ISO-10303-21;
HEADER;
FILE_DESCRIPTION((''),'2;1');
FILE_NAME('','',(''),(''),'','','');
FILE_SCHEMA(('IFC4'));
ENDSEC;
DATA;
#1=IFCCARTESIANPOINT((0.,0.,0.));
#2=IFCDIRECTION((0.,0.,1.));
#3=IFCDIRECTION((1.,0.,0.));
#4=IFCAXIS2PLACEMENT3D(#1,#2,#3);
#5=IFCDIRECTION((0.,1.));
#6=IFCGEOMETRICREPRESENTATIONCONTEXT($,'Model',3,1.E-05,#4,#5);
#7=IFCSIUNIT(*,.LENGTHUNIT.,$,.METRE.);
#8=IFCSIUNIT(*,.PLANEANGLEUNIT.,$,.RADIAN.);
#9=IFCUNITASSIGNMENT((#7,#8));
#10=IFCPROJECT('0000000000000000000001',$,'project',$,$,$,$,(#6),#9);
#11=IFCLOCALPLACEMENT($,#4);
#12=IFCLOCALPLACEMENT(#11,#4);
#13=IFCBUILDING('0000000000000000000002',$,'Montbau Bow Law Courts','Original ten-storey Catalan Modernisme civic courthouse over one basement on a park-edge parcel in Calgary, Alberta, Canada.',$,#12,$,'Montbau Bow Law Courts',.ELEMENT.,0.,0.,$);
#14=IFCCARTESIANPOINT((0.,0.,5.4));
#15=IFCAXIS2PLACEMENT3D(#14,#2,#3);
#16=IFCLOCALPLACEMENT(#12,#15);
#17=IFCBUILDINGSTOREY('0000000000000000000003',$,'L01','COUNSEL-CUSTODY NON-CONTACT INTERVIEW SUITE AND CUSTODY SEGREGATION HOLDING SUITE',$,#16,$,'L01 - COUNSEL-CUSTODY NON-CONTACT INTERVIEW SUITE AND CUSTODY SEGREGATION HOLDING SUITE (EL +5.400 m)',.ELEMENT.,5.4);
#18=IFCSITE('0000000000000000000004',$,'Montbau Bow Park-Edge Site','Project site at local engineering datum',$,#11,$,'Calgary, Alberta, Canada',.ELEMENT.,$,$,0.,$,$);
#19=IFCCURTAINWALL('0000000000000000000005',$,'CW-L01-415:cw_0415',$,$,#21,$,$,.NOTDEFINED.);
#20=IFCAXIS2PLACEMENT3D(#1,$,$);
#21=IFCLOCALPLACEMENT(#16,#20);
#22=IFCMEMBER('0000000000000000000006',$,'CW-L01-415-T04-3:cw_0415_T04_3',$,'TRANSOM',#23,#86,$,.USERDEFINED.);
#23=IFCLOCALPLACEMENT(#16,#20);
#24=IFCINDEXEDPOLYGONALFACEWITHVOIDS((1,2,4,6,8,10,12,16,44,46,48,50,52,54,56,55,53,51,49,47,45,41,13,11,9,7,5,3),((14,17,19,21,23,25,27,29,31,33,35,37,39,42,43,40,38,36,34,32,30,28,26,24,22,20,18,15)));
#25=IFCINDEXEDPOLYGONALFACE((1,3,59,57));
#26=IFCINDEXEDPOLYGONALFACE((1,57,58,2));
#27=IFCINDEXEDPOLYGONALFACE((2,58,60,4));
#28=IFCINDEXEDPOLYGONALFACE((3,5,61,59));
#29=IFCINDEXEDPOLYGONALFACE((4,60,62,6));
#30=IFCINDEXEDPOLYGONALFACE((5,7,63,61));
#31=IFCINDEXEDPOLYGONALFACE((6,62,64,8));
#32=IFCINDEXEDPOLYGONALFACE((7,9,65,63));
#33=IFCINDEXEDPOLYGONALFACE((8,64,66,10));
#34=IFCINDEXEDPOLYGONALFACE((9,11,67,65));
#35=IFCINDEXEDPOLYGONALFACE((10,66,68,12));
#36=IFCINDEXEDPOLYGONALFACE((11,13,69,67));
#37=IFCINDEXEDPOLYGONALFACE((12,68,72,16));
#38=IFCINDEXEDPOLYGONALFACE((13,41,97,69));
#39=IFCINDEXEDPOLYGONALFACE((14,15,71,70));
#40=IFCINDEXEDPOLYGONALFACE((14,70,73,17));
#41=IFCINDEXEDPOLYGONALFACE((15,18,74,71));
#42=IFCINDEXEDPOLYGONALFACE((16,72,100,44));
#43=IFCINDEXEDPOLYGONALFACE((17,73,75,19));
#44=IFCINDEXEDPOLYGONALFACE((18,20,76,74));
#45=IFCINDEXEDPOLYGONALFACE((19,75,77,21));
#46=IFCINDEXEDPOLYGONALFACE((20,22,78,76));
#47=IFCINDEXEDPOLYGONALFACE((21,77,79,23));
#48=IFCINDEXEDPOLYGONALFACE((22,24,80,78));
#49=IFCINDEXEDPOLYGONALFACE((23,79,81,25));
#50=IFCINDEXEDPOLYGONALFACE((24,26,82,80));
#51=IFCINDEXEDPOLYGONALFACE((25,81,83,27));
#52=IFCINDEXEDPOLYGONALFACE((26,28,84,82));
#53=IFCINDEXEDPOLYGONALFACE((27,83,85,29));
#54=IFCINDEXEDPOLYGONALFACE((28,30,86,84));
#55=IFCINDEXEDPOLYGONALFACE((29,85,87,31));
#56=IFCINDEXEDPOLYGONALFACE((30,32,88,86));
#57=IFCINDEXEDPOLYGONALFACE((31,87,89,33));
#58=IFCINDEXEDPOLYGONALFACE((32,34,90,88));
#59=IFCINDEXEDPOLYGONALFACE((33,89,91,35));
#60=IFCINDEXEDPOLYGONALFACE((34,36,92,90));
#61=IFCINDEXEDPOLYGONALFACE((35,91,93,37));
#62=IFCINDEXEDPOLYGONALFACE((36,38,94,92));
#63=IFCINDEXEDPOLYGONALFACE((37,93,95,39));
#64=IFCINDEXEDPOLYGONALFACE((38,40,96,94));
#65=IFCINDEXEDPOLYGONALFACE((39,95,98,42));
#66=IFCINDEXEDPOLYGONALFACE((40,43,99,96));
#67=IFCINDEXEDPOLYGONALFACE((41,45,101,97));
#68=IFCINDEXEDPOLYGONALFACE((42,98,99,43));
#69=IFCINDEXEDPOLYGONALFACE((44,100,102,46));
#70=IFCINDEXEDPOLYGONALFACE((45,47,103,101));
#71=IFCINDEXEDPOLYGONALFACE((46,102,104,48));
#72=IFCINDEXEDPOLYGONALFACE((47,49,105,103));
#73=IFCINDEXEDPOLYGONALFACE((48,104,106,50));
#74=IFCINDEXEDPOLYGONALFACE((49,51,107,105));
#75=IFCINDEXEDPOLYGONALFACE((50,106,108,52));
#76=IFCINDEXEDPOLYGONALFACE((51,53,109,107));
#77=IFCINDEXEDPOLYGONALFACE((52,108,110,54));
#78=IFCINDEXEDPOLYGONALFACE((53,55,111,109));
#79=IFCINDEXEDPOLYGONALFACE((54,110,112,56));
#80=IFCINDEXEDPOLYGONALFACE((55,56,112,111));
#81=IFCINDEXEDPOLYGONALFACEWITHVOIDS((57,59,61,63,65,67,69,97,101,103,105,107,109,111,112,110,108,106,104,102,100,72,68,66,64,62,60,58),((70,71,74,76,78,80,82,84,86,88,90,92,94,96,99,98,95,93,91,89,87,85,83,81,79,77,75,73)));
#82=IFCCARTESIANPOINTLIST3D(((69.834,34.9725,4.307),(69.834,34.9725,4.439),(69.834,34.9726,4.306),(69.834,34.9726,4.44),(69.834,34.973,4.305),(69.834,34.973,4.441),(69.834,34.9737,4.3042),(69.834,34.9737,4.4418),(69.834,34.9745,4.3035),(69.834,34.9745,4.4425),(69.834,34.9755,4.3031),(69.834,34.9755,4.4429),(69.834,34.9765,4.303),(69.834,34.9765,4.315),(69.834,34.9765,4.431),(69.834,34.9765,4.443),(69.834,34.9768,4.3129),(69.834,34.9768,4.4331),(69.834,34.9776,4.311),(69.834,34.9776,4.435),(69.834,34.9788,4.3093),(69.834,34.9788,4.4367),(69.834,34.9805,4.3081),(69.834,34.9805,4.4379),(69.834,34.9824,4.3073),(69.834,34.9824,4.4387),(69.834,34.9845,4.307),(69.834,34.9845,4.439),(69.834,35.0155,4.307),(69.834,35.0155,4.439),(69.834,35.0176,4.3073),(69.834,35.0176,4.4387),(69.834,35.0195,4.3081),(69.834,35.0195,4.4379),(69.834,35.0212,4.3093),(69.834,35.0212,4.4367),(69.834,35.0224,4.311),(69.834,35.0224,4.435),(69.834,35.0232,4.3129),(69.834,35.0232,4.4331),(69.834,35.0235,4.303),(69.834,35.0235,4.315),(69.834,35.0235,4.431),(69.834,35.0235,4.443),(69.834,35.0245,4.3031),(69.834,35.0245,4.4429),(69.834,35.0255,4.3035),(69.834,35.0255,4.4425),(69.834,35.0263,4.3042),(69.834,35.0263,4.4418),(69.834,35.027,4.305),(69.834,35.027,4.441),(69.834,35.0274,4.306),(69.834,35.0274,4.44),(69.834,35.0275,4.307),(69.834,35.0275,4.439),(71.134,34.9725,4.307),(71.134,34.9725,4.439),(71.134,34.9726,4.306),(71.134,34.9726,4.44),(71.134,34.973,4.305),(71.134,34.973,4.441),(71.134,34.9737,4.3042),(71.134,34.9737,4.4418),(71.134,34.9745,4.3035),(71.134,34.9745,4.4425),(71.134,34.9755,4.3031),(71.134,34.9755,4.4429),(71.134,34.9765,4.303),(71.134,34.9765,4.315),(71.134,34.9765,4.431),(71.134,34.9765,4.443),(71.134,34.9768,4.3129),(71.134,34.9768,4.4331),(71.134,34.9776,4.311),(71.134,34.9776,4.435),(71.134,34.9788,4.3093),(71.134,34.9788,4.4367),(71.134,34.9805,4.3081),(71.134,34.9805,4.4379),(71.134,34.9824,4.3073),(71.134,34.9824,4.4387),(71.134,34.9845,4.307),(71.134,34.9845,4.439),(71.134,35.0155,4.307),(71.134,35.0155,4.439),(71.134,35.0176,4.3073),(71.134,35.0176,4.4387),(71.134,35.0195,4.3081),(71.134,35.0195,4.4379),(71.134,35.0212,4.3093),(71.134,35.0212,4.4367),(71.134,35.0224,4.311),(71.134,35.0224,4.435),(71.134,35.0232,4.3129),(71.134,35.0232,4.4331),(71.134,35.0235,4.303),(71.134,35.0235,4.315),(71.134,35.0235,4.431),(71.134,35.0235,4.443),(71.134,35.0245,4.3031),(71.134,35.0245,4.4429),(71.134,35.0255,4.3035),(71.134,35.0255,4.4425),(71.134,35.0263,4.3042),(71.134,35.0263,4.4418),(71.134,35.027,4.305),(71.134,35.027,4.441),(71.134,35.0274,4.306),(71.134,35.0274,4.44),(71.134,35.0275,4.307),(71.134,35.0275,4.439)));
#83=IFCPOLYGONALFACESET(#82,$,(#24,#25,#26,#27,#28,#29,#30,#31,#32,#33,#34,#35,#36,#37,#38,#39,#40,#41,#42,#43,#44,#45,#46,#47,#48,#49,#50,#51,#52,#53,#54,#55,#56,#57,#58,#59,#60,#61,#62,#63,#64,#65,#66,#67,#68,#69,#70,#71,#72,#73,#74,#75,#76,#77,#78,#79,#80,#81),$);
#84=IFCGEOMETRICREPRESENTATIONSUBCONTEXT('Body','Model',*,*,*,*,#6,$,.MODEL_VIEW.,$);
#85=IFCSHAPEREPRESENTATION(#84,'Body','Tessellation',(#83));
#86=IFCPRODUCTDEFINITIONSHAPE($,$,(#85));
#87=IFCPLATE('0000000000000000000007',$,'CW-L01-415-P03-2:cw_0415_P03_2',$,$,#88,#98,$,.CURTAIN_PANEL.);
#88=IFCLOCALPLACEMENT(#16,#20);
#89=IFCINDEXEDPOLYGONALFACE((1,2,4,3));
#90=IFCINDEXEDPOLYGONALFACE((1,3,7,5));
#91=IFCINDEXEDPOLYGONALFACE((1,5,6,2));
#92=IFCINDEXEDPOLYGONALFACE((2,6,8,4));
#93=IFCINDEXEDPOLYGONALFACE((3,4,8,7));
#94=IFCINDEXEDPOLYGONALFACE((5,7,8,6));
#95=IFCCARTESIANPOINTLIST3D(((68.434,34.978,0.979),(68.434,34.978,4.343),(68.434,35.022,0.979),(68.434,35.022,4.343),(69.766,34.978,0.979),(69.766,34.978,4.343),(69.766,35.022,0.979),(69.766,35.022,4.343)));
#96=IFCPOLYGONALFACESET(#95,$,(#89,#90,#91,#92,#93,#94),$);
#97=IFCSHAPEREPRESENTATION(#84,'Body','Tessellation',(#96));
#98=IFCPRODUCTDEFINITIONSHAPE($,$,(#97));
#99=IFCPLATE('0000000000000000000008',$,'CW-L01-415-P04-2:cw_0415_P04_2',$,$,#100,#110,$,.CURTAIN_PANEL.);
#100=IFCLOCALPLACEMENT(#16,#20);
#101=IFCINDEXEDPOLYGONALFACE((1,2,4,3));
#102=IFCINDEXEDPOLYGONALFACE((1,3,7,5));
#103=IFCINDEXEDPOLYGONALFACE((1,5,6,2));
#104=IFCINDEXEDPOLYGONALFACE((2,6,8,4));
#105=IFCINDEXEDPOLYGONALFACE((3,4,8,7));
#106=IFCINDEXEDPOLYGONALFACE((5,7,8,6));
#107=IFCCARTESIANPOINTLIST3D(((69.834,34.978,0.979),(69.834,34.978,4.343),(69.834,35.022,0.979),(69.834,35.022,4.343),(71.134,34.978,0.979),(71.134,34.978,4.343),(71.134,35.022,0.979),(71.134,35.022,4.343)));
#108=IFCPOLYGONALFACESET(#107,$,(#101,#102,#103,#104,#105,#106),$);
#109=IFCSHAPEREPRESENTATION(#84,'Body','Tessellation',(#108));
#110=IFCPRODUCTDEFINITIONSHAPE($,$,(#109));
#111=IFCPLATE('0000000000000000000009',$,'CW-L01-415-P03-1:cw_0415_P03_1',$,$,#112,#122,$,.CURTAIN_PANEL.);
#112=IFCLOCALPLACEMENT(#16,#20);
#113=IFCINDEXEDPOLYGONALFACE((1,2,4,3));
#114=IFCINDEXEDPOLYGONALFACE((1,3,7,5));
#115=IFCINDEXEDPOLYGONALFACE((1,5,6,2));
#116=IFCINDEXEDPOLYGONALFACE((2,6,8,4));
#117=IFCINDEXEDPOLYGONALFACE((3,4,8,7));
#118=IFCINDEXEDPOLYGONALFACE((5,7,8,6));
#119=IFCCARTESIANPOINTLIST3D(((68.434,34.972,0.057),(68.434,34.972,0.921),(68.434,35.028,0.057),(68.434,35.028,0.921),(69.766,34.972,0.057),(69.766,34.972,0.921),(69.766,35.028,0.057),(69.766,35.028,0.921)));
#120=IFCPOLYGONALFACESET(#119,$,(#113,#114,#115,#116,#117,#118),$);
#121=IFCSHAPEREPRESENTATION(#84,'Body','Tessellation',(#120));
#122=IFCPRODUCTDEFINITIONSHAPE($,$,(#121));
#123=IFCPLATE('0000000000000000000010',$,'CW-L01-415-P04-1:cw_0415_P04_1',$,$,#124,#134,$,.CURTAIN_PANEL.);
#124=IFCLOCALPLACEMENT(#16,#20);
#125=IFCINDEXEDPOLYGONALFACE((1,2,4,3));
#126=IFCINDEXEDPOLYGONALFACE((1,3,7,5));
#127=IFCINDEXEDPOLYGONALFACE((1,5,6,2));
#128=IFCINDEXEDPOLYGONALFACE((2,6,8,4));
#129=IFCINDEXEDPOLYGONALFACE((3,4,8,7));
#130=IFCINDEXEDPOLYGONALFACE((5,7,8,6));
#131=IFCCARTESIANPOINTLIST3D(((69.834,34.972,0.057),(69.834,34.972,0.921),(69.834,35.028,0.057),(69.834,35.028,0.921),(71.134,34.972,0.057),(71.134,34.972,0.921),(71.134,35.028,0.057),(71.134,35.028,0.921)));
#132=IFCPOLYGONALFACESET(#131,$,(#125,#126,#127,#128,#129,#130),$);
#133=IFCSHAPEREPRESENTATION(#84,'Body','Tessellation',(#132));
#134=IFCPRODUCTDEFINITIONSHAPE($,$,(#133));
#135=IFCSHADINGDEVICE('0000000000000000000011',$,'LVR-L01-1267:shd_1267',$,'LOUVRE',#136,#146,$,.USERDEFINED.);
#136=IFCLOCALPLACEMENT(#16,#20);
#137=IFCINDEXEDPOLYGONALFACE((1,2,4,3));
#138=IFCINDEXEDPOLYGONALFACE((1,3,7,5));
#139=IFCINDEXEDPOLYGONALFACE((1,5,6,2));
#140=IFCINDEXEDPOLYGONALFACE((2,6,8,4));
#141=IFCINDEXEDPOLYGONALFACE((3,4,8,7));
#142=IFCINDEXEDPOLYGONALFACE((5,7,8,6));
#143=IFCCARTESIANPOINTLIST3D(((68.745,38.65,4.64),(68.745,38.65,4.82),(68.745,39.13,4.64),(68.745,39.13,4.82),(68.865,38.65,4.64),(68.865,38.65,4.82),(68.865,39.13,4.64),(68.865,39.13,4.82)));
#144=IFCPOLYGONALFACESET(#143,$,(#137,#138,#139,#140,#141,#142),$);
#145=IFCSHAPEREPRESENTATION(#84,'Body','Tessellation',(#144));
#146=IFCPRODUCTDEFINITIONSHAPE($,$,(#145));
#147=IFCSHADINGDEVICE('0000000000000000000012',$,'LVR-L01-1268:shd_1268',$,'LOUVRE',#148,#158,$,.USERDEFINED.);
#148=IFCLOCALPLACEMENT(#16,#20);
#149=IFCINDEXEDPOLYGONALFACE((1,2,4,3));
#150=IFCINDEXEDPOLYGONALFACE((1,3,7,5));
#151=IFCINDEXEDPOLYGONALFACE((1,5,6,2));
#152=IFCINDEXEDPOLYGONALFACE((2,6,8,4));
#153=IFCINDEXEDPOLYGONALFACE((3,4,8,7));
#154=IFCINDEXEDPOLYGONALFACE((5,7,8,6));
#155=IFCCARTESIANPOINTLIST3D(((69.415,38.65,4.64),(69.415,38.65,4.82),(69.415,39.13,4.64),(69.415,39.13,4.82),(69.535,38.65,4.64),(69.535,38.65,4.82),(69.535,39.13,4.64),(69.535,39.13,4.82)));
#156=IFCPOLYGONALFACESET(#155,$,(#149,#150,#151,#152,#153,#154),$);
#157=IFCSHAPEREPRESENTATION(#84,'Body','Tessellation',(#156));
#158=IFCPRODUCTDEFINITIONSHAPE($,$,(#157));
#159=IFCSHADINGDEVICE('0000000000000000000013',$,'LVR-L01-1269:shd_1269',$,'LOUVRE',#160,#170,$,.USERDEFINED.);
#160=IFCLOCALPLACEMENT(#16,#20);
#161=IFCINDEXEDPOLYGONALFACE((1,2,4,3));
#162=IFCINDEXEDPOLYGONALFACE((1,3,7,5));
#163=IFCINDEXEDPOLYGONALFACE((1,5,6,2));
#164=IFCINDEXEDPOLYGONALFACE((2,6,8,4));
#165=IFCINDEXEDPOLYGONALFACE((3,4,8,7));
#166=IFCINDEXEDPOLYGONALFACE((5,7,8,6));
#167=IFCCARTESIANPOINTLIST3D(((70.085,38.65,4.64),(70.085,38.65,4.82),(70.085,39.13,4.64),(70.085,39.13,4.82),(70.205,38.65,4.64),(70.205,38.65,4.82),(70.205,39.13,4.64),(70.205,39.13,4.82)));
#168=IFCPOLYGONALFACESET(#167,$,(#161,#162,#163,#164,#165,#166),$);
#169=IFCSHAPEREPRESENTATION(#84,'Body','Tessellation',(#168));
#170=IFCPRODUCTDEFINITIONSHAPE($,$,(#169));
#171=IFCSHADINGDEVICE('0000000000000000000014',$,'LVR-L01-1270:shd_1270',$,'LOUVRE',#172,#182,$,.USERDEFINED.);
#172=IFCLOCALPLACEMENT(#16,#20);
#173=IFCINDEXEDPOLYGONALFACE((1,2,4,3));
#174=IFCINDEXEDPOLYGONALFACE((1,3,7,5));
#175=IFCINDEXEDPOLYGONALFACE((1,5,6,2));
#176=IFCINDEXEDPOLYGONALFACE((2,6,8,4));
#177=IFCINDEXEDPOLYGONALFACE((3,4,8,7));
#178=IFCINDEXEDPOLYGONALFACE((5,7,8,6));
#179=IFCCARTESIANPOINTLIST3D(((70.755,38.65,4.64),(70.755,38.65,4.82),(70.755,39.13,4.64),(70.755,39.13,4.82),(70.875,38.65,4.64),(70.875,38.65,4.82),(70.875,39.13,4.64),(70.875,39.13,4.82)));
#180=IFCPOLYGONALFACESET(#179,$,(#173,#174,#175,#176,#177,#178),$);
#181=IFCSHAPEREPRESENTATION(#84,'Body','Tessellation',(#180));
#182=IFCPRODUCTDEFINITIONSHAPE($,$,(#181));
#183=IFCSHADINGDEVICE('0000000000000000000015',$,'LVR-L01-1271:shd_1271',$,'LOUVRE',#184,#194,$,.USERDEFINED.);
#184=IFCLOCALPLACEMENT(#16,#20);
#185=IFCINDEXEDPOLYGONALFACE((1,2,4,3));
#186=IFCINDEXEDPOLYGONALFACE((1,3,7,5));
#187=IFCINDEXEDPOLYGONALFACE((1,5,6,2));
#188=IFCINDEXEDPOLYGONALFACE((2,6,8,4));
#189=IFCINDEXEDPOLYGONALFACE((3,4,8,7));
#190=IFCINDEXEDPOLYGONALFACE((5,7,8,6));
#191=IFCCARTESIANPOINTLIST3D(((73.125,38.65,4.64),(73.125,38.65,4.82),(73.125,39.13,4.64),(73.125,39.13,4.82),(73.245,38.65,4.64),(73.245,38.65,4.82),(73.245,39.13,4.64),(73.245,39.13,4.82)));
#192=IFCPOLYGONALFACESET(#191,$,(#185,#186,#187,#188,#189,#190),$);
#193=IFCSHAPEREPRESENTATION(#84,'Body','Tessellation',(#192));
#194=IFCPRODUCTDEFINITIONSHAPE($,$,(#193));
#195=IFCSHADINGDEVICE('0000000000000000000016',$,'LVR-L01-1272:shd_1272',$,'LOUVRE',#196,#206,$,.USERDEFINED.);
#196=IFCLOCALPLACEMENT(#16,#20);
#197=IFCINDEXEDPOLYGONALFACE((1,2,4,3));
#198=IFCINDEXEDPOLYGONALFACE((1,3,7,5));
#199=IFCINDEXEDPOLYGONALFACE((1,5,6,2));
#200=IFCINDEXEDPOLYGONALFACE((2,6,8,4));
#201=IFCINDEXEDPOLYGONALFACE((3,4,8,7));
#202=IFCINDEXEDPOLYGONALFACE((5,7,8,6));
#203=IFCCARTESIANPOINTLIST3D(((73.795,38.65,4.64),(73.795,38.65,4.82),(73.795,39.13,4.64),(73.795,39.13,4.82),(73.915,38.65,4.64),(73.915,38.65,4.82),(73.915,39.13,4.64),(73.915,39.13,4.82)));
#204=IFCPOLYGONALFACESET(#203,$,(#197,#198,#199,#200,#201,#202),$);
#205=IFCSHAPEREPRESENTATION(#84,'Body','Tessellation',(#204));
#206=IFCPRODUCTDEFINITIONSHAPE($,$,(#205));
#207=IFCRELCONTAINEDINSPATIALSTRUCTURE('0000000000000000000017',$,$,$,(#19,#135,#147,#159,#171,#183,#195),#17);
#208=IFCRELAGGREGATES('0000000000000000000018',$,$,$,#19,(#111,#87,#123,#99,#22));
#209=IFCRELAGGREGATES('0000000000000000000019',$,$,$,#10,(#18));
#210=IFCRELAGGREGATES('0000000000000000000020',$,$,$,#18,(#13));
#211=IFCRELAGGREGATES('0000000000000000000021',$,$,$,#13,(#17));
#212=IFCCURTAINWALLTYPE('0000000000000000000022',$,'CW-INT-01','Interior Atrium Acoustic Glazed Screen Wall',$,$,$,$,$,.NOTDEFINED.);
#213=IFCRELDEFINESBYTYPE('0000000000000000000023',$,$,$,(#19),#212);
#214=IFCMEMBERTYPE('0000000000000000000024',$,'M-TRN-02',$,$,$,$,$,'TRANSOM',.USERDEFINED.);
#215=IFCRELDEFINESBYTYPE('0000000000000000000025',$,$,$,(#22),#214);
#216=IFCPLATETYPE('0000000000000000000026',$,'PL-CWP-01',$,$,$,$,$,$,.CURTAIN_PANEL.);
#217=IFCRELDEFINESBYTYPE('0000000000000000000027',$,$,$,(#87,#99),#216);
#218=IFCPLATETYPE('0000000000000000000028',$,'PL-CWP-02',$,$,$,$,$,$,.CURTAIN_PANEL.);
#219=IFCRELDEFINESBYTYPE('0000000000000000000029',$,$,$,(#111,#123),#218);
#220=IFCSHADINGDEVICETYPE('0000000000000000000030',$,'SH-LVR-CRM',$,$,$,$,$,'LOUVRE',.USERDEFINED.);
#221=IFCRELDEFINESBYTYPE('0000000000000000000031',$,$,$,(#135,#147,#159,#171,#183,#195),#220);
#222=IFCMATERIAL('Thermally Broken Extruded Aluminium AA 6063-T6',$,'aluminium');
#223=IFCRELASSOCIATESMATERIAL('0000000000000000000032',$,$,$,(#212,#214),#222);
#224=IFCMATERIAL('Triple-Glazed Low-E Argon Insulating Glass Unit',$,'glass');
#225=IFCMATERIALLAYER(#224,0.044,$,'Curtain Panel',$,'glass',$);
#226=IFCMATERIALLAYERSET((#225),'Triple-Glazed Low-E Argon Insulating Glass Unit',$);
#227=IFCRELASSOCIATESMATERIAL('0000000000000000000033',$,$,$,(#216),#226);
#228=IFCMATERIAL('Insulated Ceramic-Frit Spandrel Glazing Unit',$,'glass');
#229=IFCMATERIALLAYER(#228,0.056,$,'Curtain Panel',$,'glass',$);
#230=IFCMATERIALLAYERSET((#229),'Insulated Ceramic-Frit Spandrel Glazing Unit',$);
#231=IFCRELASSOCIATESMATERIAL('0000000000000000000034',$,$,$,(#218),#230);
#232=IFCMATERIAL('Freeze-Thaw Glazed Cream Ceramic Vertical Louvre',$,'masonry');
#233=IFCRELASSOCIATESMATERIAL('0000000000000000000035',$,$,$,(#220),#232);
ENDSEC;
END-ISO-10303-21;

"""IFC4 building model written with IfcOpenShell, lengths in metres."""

from ifc_helpers import new_model, si_unit, direction, frame, frame_2d, origin_with_axes, origin_2d_with_axis, place, context, subcontext, project, spatial, rectangle, hollow_rectangle, extrude, material, layer, layer_set, material_profile, profile_set, type_object, element, aggregate, save


model = new_model("IFC4")

# Units and contexts
model_context = context("Model", 3, precision=1e-05, world=origin_with_axes(), true_north=direction((0.0, 1.0)))
body_context = subcontext(model_context, "Body", "Model", "MODEL_VIEW")
ifc_project = project(units=[si_unit("LENGTHUNIT", "METRE"), si_unit("PLANEANGLEUNIT", "RADIAN")], contexts=[model_context])

# Site, building, storey
site_placement = place(None, origin_with_axes())
site = spatial("IfcSite", under=ifc_project, at=site_placement, Name="Montbau Bow Park-Edge Site", Description="Project site at local engineering datum", LongName="Calgary, Alberta, Canada", CompositionType="ELEMENT", RefElevation=0.0)
building_placement = place(site_placement, origin_with_axes())
building = spatial("IfcBuilding", under=site, at=building_placement, Name="Montbau Bow Law Courts", Description="Original ten-storey Catalan Modernisme civic courthouse over one basement on a park-edge parcel in Calgary, Alberta, Canada.", LongName="Montbau Bow Law Courts", CompositionType="ELEMENT", ElevationOfRefHeight=0.0, ElevationOfTerrain=0.0)
storey_placement = place(building_placement, frame((0.0, 0.0, 5.4), z_axis=(0.0, 0.0, 1.0), x_axis=(1.0, 0.0, 0.0)))
storey = spatial("IfcBuildingStorey", under=building, at=storey_placement, Name="L01", Description="COUNSEL-CUSTODY NON-CONTACT INTERVIEW SUITE AND CUSTODY SEGREGATION HOLDING SUITE", LongName="L01 - COUNSEL-CUSTODY NON-CONTACT INTERVIEW SUITE AND CUSTODY SEGREGATION HOLDING SUITE (EL +5.400 m)", CompositionType="ELEMENT", Elevation=5.4)

# Curtain wall
ifc_material_1 = material(Name="Thermally Broken Extruded Aluminium AA 6063-T6", Category="aluminium")
curtain_wall_type_1 = type_object("IfcCurtainWallType", Name="CW-INT-01", Description="Interior Atrium Acoustic Glazed Screen Wall", PredefinedType="NOTDEFINED", material=ifc_material_1)
curtain_wall_1_placement = place(None, frame((65.6, 35.0, 5.4), z_axis=(0.0, 0.0, 1.0), x_axis=(1.0, 0.0, 0.0)))
curtain_wall_1 = element("IfcCurtainWall", 1, at=curtain_wall_1_placement, inside=storey, type_object=curtain_wall_type_1, Name="CW-L01-415:cw_0415", PredefinedType="NOTDEFINED")
ifc_material_profile_1 = material_profile(ifc_material_1, hollow_rectangle(XDim=0.055, YDim=0.14, WallThickness=0.004, InnerFilletRadius=0.008, OuterFilletRadius=0.004, at=origin_2d_with_axis()), Name="CWT-140X55", Category="Main", Priority=0)
ifc_profile_set_1 = profile_set([ifc_material_profile_1], Name="Thermally Broken Extruded Aluminium AA 6063-T6")
member_type_1 = type_object("IfcMemberType", Name="M-TRN-02", ElementType="TRANSOM", PredefinedType="USERDEFINED", material=ifc_profile_set_1)

# Member
member_1_placement = place(None, frame((69.834, 35.0, 9.773), z_axis=(1.0, 0.0, 0.0), x_axis=(0.0, 1.0, 0.0)))
member_1 = element("IfcMember", 2, at=member_1_placement, type_object=member_type_1, Name="CW-L01-415-T04-3:cw_0415_T04_3", ObjectType="TRANSOM", PredefinedType="USERDEFINED", context=body_context, shape_type="SweptSolid", body=[
    extrude(hollow_rectangle(XDim=0.055, YDim=0.14, WallThickness=0.004, InnerFilletRadius=0.008, OuterFilletRadius=0.004, at=origin_2d_with_axis()), origin_with_axes(), (0.0, 0.0, 1.0), 1.3),
])

# Plates
ifc_material_2 = material(Name="Triple-Glazed Low-E Argon Insulating Glass Unit", Category="glass")
ifc_layer_1 = layer(ifc_material_2, 0.044, Name="Curtain Panel", Category="glass")
ifc_layer_set_1 = layer_set([ifc_layer_1], Name="Triple-Glazed Low-E Argon Insulating Glass Unit")
plate_type_1 = type_object("IfcPlateType", Name="PL-CWP-01", PredefinedType="CURTAIN_PANEL", material=ifc_layer_set_1)
plate_1_placement = place(None, frame((68.434, 35.0, 6.379), z_axis=(0.0, -1.0, 0.0), x_axis=(1.0, 0.0, 0.0)))
plate_1 = element("IfcPlate", 3, at=plate_1_placement, type_object=plate_type_1, Name="CW-L01-415-P03-2:cw_0415_P03_2", PredefinedType="CURTAIN_PANEL", context=body_context, shape_type="SweptSolid", body=[
    extrude(rectangle(XDim=1.332, YDim=3.364, at=frame_2d((0.666, 1.682), x_axis=(1.0, 0.0))), frame((0.0, 0.0, -0.022), z_axis=(0.0, 0.0, 1.0), x_axis=(1.0, 0.0, 0.0)), (0.0, 0.0, 1.0), 0.044),
])
plate_2_placement = place(None, frame((69.834, 35.0, 6.379), z_axis=(0.0, -1.0, 0.0), x_axis=(1.0, 0.0, 0.0)))
plate_2 = element("IfcPlate", 4, at=plate_2_placement, type_object=plate_type_1, Name="CW-L01-415-P04-2:cw_0415_P04_2", PredefinedType="CURTAIN_PANEL", context=body_context, shape_type="SweptSolid", body=[
    extrude(rectangle(XDim=1.3, YDim=3.364, at=frame_2d((0.65, 1.682), x_axis=(1.0, 0.0))), frame((0.0, 0.0, -0.022), z_axis=(0.0, 0.0, 1.0), x_axis=(1.0, 0.0, 0.0)), (0.0, 0.0, 1.0), 0.044),
])
ifc_material_3 = material(Name="Insulated Ceramic-Frit Spandrel Glazing Unit", Category="glass")
ifc_layer_2 = layer(ifc_material_3, 0.056, Name="Curtain Panel", Category="glass")
ifc_layer_set_2 = layer_set([ifc_layer_2], Name="Insulated Ceramic-Frit Spandrel Glazing Unit")
plate_type_2 = type_object("IfcPlateType", Name="PL-CWP-02", PredefinedType="CURTAIN_PANEL", material=ifc_layer_set_2)
plate_3_placement = place(None, frame((68.434, 35.0, 5.457), z_axis=(0.0, -1.0, 0.0), x_axis=(1.0, 0.0, 0.0)))
plate_3 = element("IfcPlate", 5, at=plate_3_placement, type_object=plate_type_2, Name="CW-L01-415-P03-1:cw_0415_P03_1", PredefinedType="CURTAIN_PANEL", context=body_context, shape_type="SweptSolid", body=[
    extrude(rectangle(XDim=1.332, YDim=0.864, at=frame_2d((0.666, 0.432), x_axis=(1.0, 0.0))), frame((0.0, 0.0, -0.028), z_axis=(0.0, 0.0, 1.0), x_axis=(1.0, 0.0, 0.0)), (0.0, 0.0, 1.0), 0.056),
])
plate_4_placement = place(None, frame((69.834, 35.0, 5.457), z_axis=(0.0, -1.0, 0.0), x_axis=(1.0, 0.0, 0.0)))
plate_4 = element("IfcPlate", 6, at=plate_4_placement, type_object=plate_type_2, Name="CW-L01-415-P04-1:cw_0415_P04_1", PredefinedType="CURTAIN_PANEL", context=body_context, shape_type="SweptSolid", body=[
    extrude(rectangle(XDim=1.3, YDim=0.864, at=frame_2d((0.65, 0.432), x_axis=(1.0, 0.0))), frame((0.0, 0.0, -0.028), z_axis=(0.0, 0.0, 1.0), x_axis=(1.0, 0.0, 0.0)), (0.0, 0.0, 1.0), 0.056),
])
aggregate(curtain_wall_1, [plate_3, plate_1, plate_4, plate_2, member_1])

# Shading devices
ifc_material_4 = material(Name="Freeze-Thaw Glazed Cream Ceramic Vertical Louvre", Category="masonry")
shading_device_type = type_object("IfcShadingDeviceType", Name="SH-LVR-CRM", ElementType="LOUVRE", PredefinedType="USERDEFINED", material=ifc_material_4)
for number, where, z_axis, x_axis, name in (
    (7, (68.805, 38.89, 10.04), (0.0, 0.0, 1.0), (0.0, -1.0, 0.0), "LVR-L01-1267:shd_1267"),
    (8, (69.475, 38.89, 10.04), (0.0, 0.0, 1.0), (0.0, -1.0, 0.0), "LVR-L01-1268:shd_1268"),
    (9, (70.145, 38.89, 10.04), (0.0, 0.0, 1.0), (0.0, -1.0, 0.0), "LVR-L01-1269:shd_1269"),
    (10, (70.815, 38.89, 10.04), (0.0, 0.0, 1.0), (0.0, -1.0, 0.0), "LVR-L01-1270:shd_1270"),
    (11, (73.185, 38.89, 10.04), (0.0, 0.0, 1.0), (0.0, -1.0, 0.0), "LVR-L01-1271:shd_1271"),
    (12, (73.855, 38.89, 10.04), (0.0, 0.0, 1.0), (0.0, -1.0, 0.0), "LVR-L01-1272:shd_1272"),
):
    element("IfcShadingDevice", number, at=place(None, frame(where, z_axis=z_axis, x_axis=x_axis)), inside=storey, type_object=shading_device_type, Name=name, ObjectType="LOUVRE", PredefinedType="USERDEFINED", context=body_context, shape_type="SweptSolid", body=[
        extrude(rectangle(XDim=0.48, YDim=0.12, at=origin_2d_with_axis()), origin_with_axes(), (0.0, 0.0, 1.0), 0.18),
    ])

save(model, "model.ifc")
